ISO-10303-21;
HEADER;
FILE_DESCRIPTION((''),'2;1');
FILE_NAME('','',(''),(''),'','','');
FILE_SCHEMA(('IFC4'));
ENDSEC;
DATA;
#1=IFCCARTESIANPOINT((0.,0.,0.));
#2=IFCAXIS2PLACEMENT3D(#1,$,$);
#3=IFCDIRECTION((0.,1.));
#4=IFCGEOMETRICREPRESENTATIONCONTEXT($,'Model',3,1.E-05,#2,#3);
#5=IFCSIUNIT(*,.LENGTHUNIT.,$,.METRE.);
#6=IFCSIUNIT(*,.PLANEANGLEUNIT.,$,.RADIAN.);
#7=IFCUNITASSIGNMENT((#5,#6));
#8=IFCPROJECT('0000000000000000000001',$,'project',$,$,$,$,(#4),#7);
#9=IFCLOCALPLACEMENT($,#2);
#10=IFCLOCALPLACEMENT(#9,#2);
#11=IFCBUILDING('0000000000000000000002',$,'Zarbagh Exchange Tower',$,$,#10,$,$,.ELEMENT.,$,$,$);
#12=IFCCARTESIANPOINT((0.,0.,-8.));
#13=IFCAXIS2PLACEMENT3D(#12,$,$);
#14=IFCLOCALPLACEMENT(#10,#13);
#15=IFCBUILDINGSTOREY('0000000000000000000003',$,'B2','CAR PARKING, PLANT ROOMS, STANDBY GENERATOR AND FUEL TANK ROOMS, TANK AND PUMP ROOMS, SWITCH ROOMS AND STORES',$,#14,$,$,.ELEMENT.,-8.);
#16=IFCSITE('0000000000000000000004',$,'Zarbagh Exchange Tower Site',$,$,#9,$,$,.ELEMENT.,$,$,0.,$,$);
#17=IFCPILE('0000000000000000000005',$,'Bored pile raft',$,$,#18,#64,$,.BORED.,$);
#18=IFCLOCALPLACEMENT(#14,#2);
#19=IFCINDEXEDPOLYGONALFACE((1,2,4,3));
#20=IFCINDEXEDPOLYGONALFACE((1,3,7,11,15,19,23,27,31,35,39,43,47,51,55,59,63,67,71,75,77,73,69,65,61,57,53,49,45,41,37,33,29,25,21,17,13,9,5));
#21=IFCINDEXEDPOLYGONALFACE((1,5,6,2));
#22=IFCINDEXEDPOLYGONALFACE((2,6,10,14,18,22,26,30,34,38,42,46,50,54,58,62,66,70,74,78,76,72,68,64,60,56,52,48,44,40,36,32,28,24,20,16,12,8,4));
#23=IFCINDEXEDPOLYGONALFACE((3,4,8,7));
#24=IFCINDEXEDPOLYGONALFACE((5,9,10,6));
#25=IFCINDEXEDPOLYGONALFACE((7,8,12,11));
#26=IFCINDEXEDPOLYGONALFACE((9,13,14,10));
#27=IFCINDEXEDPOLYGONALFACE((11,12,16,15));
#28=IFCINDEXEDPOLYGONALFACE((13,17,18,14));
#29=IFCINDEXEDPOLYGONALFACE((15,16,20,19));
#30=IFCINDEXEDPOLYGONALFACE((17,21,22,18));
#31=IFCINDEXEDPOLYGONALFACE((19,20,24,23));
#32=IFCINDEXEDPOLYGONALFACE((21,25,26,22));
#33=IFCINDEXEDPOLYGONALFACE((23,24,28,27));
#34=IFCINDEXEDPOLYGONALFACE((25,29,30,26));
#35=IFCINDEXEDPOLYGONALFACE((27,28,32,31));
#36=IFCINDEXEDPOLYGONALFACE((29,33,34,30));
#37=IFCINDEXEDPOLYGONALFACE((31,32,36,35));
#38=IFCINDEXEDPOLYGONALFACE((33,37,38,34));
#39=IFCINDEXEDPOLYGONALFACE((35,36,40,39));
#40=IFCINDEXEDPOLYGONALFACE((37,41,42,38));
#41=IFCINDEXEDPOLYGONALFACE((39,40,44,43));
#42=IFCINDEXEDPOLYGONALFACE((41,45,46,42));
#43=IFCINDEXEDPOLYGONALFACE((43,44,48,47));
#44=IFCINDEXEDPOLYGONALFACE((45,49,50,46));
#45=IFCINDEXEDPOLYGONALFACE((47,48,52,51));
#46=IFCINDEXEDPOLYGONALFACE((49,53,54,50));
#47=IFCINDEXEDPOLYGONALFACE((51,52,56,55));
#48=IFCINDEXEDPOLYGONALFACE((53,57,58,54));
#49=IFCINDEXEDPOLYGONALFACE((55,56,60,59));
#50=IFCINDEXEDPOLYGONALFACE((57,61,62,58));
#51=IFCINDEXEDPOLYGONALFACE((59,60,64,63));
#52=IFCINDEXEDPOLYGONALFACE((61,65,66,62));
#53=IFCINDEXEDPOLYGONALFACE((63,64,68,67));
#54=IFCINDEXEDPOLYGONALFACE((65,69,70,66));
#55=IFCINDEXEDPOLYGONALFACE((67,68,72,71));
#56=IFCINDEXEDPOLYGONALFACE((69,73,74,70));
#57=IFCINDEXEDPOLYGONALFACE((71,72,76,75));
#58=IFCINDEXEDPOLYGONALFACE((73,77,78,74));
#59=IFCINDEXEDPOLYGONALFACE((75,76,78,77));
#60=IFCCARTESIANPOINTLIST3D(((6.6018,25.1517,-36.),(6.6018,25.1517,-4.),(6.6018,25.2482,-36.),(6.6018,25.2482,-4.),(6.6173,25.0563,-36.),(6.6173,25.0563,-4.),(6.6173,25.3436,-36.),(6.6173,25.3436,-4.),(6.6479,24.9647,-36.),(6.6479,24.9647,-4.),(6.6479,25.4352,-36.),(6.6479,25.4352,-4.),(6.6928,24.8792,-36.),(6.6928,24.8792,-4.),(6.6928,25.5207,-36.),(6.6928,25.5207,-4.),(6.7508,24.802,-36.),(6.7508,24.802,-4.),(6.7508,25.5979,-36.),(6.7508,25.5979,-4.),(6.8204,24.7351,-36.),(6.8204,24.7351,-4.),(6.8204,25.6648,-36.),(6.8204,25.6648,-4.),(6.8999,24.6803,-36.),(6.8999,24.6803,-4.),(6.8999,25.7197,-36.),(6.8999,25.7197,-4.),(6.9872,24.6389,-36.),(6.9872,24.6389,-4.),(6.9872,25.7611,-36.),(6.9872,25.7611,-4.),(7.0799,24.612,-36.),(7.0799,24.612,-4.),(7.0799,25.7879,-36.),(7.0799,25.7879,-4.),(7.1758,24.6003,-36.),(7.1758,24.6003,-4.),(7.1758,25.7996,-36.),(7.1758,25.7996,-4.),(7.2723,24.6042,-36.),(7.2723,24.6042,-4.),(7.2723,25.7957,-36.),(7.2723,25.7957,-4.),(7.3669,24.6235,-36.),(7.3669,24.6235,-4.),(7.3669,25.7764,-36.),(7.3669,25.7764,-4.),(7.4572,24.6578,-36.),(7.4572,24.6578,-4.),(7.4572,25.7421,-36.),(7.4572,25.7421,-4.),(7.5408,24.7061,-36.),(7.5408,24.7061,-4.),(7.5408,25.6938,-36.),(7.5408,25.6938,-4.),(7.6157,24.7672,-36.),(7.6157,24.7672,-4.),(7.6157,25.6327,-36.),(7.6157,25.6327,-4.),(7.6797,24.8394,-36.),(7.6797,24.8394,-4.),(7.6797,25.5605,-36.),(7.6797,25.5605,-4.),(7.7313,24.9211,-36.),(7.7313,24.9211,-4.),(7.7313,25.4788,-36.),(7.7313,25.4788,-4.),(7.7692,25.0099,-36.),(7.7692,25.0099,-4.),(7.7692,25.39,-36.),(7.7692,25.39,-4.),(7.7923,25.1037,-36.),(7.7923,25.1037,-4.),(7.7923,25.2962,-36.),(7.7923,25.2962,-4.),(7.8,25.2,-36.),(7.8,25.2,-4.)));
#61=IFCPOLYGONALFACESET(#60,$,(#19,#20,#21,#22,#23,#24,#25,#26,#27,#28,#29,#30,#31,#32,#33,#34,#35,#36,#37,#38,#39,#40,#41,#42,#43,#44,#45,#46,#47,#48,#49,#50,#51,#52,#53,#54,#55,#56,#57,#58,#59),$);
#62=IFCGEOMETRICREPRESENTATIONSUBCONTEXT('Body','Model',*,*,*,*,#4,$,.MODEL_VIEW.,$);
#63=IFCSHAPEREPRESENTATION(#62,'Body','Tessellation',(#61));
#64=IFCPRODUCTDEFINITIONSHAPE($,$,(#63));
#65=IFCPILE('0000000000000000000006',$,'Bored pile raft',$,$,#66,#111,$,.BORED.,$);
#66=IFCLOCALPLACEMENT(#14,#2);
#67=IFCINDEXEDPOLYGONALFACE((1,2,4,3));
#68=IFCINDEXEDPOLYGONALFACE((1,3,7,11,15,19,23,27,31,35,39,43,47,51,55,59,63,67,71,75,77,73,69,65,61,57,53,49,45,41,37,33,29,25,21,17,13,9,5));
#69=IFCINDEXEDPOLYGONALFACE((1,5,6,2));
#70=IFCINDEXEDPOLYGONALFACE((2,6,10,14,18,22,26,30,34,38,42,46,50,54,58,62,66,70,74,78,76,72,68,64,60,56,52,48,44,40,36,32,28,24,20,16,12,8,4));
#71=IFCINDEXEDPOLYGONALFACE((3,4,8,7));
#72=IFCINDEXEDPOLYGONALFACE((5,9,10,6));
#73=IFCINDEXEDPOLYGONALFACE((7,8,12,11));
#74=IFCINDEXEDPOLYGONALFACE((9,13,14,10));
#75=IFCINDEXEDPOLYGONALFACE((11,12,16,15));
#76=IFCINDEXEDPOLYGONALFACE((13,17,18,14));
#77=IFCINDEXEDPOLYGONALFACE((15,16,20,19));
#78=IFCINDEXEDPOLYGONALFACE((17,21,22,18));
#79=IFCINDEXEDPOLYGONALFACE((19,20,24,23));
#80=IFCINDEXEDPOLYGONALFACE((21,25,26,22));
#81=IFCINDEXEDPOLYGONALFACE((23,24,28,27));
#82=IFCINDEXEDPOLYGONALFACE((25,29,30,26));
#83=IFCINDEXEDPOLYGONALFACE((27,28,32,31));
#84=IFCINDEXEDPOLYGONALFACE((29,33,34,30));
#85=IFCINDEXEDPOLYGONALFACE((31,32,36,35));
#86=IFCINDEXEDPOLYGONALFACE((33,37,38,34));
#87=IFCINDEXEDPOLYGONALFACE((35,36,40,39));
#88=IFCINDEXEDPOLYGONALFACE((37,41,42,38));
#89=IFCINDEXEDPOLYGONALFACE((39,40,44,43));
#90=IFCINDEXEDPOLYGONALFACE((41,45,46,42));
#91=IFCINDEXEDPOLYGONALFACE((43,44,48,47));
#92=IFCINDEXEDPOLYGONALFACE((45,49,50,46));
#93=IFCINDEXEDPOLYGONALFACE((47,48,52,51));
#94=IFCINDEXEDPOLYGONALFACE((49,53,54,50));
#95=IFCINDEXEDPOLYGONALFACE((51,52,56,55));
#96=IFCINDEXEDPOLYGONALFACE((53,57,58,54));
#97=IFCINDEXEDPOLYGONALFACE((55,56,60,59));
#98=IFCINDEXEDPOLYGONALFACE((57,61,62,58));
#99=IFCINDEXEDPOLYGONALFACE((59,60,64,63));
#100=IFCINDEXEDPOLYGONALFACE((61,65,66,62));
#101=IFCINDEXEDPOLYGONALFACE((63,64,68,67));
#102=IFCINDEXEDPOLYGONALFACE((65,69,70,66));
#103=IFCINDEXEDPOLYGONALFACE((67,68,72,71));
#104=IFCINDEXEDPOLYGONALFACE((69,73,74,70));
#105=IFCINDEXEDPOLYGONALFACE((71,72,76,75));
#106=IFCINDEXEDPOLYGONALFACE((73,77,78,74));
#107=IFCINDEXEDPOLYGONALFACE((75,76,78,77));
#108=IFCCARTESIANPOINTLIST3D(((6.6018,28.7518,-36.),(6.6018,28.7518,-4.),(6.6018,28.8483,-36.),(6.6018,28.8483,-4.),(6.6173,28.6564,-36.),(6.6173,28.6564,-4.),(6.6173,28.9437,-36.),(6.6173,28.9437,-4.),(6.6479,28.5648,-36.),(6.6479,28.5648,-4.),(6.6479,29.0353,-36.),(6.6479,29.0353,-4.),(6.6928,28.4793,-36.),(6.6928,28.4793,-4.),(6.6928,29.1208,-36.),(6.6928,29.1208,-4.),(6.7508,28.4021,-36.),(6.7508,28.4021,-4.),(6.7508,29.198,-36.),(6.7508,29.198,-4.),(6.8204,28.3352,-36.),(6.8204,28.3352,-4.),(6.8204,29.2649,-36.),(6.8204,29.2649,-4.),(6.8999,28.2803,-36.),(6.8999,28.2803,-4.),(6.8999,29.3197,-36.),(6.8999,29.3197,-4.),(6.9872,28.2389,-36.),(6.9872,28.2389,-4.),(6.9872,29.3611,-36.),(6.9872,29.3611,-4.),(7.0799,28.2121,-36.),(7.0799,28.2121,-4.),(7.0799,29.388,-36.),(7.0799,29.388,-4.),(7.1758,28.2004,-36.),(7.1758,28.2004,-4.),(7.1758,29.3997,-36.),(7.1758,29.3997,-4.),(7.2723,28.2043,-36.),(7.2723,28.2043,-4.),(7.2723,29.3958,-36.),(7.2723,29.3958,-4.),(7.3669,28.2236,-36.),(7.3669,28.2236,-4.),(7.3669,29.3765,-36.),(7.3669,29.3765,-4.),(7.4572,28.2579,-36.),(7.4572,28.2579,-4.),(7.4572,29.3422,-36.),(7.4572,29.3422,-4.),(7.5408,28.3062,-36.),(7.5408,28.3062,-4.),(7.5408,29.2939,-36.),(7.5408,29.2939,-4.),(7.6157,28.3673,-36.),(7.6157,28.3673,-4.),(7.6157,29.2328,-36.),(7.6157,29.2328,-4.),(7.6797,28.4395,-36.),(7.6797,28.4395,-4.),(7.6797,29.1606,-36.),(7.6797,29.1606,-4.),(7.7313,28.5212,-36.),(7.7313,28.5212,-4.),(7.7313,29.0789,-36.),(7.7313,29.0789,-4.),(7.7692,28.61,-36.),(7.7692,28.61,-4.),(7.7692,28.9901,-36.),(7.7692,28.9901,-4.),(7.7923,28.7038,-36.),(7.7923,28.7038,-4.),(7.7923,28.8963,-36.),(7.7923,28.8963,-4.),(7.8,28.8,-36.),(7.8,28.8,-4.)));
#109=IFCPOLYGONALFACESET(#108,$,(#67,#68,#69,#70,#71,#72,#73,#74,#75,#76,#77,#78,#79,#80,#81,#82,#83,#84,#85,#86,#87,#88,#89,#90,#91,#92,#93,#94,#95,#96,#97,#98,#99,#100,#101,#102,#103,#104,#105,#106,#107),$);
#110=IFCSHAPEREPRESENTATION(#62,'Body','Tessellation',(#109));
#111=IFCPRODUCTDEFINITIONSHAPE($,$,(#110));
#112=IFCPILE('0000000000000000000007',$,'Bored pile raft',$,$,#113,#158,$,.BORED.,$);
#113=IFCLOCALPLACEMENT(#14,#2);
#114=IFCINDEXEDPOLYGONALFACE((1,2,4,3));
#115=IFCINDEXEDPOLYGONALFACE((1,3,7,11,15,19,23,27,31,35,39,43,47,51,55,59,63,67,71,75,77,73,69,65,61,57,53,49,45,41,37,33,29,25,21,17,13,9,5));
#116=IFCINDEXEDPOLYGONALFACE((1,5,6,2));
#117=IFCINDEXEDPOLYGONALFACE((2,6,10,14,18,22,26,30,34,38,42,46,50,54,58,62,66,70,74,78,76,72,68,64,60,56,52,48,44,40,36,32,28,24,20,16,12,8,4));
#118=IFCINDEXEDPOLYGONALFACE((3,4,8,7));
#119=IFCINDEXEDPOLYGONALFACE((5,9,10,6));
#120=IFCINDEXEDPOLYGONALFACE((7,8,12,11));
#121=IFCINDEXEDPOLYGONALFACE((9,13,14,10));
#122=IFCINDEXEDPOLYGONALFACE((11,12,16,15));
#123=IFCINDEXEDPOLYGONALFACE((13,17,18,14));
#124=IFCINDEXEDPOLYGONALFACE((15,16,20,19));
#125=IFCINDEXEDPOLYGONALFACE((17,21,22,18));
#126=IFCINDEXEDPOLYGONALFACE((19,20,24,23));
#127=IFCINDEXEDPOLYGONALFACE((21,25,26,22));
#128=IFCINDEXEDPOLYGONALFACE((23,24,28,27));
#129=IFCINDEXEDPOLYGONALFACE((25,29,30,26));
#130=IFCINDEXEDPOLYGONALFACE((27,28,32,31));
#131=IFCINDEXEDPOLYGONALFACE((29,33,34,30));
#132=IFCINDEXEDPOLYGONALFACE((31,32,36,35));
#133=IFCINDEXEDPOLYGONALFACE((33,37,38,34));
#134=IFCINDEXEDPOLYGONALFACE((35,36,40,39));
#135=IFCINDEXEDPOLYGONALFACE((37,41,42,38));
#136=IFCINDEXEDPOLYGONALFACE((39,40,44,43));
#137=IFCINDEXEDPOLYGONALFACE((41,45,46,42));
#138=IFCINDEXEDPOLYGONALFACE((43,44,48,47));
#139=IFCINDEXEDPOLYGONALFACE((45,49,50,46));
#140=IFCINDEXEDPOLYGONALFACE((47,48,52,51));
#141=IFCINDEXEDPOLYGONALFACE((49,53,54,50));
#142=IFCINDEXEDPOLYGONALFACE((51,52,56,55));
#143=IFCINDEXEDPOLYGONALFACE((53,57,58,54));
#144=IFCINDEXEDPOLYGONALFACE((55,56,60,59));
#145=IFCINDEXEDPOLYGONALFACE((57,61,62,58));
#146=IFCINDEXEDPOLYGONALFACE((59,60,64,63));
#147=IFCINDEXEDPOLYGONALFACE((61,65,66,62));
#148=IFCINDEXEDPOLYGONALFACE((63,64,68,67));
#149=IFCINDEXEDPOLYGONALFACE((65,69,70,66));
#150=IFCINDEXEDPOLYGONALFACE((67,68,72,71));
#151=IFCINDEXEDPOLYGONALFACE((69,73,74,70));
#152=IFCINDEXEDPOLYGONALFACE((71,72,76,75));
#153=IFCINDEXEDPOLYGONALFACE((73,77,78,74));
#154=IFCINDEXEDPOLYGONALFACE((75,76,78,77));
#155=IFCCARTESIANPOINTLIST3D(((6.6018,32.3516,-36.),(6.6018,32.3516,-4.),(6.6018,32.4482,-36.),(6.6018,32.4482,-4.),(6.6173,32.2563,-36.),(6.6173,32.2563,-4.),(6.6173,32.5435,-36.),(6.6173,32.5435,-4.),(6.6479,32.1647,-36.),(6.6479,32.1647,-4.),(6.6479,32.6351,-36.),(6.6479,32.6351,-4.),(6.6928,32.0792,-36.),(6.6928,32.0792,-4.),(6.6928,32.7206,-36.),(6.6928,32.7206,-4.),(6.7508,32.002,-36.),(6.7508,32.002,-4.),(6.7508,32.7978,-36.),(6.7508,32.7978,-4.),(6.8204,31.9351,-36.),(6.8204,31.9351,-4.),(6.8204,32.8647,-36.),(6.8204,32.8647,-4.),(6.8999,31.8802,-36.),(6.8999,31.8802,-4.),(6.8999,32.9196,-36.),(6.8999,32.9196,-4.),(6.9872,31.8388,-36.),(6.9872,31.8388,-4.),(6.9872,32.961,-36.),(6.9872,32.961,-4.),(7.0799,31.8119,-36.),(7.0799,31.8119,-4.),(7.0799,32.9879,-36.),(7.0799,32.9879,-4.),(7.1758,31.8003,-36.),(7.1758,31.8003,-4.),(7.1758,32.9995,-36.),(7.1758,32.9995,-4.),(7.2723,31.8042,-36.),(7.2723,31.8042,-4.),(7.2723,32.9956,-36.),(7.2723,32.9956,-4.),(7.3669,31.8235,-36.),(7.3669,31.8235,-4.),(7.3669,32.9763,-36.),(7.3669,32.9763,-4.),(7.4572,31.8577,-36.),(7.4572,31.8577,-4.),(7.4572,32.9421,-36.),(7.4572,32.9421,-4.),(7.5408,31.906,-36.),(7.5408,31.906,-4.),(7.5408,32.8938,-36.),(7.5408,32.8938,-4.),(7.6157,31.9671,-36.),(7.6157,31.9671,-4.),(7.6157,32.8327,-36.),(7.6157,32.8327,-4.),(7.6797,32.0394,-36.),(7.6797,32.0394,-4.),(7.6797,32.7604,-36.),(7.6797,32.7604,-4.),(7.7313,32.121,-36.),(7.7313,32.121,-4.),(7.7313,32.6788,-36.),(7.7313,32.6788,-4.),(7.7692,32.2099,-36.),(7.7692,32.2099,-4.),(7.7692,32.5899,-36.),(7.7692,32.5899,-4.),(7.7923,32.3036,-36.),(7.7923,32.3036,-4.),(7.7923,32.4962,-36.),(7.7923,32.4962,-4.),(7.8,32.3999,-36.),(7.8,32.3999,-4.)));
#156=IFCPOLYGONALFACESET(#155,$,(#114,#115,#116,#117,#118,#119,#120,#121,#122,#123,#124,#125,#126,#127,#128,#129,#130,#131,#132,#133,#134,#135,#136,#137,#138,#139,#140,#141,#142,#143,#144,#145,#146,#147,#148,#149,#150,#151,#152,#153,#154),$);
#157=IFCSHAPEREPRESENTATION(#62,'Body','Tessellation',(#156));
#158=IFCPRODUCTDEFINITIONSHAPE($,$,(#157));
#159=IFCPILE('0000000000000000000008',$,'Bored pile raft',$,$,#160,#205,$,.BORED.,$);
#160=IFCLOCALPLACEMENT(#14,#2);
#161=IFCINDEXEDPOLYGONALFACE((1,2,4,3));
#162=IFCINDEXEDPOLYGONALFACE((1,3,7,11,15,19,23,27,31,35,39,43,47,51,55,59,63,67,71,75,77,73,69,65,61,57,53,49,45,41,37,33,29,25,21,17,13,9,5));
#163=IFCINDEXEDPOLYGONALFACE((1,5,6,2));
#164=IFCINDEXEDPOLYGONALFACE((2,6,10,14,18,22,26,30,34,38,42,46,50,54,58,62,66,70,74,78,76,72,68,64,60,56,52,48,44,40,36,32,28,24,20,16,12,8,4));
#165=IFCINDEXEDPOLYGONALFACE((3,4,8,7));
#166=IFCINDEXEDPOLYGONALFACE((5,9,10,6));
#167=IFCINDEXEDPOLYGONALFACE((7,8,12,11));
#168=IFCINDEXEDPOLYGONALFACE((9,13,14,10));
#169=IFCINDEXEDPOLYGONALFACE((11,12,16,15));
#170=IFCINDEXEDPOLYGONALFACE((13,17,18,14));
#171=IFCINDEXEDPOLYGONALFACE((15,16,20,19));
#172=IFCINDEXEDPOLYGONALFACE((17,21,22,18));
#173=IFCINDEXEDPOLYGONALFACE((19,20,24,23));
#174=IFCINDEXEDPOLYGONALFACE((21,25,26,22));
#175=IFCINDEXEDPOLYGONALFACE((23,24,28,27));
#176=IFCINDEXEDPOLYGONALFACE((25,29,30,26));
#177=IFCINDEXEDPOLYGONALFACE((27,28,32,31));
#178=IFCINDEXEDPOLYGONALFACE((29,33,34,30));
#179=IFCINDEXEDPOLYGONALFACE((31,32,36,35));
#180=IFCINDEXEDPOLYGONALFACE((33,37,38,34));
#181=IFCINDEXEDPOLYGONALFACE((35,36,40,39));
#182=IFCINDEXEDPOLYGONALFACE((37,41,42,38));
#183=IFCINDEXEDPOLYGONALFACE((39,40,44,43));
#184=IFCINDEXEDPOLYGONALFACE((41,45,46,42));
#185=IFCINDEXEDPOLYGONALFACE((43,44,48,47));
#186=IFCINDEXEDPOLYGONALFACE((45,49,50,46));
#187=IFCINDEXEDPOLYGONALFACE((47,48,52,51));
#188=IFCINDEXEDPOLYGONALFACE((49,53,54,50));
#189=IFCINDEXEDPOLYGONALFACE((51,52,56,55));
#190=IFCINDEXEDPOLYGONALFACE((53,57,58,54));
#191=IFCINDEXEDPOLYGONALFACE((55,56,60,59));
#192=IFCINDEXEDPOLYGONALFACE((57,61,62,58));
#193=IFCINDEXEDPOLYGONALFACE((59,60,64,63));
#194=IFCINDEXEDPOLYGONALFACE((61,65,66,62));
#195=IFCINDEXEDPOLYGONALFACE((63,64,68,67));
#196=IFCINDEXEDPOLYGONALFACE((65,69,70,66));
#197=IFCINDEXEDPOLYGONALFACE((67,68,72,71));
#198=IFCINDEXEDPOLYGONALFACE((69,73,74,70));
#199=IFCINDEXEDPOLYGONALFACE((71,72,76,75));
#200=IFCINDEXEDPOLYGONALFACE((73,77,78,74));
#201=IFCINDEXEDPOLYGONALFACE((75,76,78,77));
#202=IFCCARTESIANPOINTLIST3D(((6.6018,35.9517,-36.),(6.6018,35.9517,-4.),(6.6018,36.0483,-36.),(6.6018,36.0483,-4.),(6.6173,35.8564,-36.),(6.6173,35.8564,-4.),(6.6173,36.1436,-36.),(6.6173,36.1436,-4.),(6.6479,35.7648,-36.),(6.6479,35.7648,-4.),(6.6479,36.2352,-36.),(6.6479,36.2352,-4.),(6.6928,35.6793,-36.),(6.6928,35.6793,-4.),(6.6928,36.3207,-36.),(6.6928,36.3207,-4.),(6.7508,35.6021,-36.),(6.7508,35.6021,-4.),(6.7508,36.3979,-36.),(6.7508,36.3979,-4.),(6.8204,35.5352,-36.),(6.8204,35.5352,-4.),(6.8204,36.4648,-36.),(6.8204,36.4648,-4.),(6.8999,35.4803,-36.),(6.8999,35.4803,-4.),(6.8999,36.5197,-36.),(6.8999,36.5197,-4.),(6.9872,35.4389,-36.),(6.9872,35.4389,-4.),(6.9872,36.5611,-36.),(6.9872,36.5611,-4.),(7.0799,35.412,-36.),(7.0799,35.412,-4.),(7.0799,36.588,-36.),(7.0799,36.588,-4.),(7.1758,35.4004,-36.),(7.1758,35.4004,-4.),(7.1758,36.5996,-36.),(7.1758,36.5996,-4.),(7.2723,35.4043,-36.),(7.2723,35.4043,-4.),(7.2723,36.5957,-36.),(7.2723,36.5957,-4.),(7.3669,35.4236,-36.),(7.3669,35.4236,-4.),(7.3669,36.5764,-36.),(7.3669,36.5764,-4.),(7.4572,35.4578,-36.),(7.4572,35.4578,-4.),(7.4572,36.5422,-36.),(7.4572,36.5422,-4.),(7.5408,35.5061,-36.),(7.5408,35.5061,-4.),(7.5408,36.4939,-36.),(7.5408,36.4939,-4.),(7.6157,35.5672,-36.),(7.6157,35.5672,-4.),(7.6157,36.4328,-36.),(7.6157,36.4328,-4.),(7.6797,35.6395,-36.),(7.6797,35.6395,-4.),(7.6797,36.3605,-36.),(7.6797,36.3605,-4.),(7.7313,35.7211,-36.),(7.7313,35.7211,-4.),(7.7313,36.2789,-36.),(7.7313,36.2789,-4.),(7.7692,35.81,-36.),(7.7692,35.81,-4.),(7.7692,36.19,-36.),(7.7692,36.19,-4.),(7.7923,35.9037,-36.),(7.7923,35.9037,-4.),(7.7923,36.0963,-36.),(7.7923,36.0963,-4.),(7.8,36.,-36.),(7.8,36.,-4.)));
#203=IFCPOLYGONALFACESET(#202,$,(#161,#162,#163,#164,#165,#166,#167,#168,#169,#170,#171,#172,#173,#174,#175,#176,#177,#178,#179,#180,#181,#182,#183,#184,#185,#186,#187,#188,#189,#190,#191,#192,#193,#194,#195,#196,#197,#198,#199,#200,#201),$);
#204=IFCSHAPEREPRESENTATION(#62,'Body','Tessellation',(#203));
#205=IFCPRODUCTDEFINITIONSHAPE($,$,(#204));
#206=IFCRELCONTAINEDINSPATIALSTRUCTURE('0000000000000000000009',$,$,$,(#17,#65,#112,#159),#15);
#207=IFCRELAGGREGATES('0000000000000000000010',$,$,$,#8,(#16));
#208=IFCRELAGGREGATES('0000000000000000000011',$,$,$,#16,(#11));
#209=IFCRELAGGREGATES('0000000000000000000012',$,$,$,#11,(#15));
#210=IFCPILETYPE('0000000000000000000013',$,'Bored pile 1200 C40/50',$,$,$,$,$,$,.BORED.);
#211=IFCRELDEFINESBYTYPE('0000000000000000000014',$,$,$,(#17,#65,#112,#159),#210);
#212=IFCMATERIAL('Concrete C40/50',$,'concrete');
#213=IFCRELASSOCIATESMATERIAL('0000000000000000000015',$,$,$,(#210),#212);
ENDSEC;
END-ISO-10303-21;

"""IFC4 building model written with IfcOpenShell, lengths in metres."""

from ifc_helpers import new_model, si_unit, direction, frame, origin, origin_2d, place, context, subcontext, project, spatial, circle, extrude, material, material_profile, profile_set, type_object, element, save


model = new_model("IFC4")

# Units and contexts
model_context = context("Model", 3, precision=1e-05, world=origin(), true_north=direction((0.0, 1.0)))
body_context = subcontext(model_context, "Body", "Model", "MODEL_VIEW")
ifc_project = project(units=[si_unit("LENGTHUNIT", "METRE"), si_unit("PLANEANGLEUNIT", "RADIAN")], contexts=[model_context])

# Site, building, storey
site_placement = place(None, origin())
site = spatial("IfcSite", under=ifc_project, at=site_placement, Name="Zarbagh Exchange Tower Site", CompositionType="ELEMENT", RefElevation=0.0)
building_placement = place(site_placement, origin())
building = spatial("IfcBuilding", under=site, at=building_placement, Name="Zarbagh Exchange Tower", CompositionType="ELEMENT")
storey_placement = place(building_placement, frame((0.0, 0.0, -8.0)))
storey = spatial("IfcBuildingStorey", under=building, at=storey_placement, Name="B2", Description="CAR PARKING, PLANT ROOMS, STANDBY GENERATOR AND FUEL TANK ROOMS, TANK AND PUMP ROOMS, SWITCH ROOMS AND STORES", CompositionType="ELEMENT", Elevation=-8.0)

# Piles
ifc_material_1 = material(Name="Concrete C40/50", Category="concrete")
ifc_material_profile_1 = material_profile(ifc_material_1, circle(Radius=0.6001, at=origin_2d()), Name="Bored pile 1200 C40/50")
ifc_profile_set_1 = profile_set([ifc_material_profile_1], Name="Concrete C40/50")
pile_type = type_object("IfcPileType", Name="Bored pile 1200 C40/50", PredefinedType="BORED", material=ifc_profile_set_1)
for number, where, z_axis, x_axis, name in (
    (1, (7.2, 25.2, -4.0), (0.0, 0.0, -1.0), (1.0, 0.0, 0.0), "Bored pile raft"),
    (2, (7.2, 28.8, -4.0), (0.0, 0.0, -1.0), (1.0, 0.0, 0.0), "Bored pile raft"),
    (3, (7.2, 32.3999, -4.0), (0.0, 0.0, -1.0), (1.0, 0.0, 0.0), "Bored pile raft"),
    (4, (7.2, 36.0, -4.0), (0.0, 0.0, -1.0), (1.0, 0.0, 0.0), "Bored pile raft"),
):
    element("IfcPile", number, at=place(storey_placement, frame(where, z_axis=z_axis, x_axis=x_axis)), inside=storey, type_object=pile_type, Name=name, PredefinedType="BORED", context=body_context, shape_type="SweptSolid", body=[
        extrude(circle(Radius=0.6001, at=origin_2d()), origin(), (0.0, 0.0, 1.0), 32.0),
    ])

save(model, "model.ifc")
